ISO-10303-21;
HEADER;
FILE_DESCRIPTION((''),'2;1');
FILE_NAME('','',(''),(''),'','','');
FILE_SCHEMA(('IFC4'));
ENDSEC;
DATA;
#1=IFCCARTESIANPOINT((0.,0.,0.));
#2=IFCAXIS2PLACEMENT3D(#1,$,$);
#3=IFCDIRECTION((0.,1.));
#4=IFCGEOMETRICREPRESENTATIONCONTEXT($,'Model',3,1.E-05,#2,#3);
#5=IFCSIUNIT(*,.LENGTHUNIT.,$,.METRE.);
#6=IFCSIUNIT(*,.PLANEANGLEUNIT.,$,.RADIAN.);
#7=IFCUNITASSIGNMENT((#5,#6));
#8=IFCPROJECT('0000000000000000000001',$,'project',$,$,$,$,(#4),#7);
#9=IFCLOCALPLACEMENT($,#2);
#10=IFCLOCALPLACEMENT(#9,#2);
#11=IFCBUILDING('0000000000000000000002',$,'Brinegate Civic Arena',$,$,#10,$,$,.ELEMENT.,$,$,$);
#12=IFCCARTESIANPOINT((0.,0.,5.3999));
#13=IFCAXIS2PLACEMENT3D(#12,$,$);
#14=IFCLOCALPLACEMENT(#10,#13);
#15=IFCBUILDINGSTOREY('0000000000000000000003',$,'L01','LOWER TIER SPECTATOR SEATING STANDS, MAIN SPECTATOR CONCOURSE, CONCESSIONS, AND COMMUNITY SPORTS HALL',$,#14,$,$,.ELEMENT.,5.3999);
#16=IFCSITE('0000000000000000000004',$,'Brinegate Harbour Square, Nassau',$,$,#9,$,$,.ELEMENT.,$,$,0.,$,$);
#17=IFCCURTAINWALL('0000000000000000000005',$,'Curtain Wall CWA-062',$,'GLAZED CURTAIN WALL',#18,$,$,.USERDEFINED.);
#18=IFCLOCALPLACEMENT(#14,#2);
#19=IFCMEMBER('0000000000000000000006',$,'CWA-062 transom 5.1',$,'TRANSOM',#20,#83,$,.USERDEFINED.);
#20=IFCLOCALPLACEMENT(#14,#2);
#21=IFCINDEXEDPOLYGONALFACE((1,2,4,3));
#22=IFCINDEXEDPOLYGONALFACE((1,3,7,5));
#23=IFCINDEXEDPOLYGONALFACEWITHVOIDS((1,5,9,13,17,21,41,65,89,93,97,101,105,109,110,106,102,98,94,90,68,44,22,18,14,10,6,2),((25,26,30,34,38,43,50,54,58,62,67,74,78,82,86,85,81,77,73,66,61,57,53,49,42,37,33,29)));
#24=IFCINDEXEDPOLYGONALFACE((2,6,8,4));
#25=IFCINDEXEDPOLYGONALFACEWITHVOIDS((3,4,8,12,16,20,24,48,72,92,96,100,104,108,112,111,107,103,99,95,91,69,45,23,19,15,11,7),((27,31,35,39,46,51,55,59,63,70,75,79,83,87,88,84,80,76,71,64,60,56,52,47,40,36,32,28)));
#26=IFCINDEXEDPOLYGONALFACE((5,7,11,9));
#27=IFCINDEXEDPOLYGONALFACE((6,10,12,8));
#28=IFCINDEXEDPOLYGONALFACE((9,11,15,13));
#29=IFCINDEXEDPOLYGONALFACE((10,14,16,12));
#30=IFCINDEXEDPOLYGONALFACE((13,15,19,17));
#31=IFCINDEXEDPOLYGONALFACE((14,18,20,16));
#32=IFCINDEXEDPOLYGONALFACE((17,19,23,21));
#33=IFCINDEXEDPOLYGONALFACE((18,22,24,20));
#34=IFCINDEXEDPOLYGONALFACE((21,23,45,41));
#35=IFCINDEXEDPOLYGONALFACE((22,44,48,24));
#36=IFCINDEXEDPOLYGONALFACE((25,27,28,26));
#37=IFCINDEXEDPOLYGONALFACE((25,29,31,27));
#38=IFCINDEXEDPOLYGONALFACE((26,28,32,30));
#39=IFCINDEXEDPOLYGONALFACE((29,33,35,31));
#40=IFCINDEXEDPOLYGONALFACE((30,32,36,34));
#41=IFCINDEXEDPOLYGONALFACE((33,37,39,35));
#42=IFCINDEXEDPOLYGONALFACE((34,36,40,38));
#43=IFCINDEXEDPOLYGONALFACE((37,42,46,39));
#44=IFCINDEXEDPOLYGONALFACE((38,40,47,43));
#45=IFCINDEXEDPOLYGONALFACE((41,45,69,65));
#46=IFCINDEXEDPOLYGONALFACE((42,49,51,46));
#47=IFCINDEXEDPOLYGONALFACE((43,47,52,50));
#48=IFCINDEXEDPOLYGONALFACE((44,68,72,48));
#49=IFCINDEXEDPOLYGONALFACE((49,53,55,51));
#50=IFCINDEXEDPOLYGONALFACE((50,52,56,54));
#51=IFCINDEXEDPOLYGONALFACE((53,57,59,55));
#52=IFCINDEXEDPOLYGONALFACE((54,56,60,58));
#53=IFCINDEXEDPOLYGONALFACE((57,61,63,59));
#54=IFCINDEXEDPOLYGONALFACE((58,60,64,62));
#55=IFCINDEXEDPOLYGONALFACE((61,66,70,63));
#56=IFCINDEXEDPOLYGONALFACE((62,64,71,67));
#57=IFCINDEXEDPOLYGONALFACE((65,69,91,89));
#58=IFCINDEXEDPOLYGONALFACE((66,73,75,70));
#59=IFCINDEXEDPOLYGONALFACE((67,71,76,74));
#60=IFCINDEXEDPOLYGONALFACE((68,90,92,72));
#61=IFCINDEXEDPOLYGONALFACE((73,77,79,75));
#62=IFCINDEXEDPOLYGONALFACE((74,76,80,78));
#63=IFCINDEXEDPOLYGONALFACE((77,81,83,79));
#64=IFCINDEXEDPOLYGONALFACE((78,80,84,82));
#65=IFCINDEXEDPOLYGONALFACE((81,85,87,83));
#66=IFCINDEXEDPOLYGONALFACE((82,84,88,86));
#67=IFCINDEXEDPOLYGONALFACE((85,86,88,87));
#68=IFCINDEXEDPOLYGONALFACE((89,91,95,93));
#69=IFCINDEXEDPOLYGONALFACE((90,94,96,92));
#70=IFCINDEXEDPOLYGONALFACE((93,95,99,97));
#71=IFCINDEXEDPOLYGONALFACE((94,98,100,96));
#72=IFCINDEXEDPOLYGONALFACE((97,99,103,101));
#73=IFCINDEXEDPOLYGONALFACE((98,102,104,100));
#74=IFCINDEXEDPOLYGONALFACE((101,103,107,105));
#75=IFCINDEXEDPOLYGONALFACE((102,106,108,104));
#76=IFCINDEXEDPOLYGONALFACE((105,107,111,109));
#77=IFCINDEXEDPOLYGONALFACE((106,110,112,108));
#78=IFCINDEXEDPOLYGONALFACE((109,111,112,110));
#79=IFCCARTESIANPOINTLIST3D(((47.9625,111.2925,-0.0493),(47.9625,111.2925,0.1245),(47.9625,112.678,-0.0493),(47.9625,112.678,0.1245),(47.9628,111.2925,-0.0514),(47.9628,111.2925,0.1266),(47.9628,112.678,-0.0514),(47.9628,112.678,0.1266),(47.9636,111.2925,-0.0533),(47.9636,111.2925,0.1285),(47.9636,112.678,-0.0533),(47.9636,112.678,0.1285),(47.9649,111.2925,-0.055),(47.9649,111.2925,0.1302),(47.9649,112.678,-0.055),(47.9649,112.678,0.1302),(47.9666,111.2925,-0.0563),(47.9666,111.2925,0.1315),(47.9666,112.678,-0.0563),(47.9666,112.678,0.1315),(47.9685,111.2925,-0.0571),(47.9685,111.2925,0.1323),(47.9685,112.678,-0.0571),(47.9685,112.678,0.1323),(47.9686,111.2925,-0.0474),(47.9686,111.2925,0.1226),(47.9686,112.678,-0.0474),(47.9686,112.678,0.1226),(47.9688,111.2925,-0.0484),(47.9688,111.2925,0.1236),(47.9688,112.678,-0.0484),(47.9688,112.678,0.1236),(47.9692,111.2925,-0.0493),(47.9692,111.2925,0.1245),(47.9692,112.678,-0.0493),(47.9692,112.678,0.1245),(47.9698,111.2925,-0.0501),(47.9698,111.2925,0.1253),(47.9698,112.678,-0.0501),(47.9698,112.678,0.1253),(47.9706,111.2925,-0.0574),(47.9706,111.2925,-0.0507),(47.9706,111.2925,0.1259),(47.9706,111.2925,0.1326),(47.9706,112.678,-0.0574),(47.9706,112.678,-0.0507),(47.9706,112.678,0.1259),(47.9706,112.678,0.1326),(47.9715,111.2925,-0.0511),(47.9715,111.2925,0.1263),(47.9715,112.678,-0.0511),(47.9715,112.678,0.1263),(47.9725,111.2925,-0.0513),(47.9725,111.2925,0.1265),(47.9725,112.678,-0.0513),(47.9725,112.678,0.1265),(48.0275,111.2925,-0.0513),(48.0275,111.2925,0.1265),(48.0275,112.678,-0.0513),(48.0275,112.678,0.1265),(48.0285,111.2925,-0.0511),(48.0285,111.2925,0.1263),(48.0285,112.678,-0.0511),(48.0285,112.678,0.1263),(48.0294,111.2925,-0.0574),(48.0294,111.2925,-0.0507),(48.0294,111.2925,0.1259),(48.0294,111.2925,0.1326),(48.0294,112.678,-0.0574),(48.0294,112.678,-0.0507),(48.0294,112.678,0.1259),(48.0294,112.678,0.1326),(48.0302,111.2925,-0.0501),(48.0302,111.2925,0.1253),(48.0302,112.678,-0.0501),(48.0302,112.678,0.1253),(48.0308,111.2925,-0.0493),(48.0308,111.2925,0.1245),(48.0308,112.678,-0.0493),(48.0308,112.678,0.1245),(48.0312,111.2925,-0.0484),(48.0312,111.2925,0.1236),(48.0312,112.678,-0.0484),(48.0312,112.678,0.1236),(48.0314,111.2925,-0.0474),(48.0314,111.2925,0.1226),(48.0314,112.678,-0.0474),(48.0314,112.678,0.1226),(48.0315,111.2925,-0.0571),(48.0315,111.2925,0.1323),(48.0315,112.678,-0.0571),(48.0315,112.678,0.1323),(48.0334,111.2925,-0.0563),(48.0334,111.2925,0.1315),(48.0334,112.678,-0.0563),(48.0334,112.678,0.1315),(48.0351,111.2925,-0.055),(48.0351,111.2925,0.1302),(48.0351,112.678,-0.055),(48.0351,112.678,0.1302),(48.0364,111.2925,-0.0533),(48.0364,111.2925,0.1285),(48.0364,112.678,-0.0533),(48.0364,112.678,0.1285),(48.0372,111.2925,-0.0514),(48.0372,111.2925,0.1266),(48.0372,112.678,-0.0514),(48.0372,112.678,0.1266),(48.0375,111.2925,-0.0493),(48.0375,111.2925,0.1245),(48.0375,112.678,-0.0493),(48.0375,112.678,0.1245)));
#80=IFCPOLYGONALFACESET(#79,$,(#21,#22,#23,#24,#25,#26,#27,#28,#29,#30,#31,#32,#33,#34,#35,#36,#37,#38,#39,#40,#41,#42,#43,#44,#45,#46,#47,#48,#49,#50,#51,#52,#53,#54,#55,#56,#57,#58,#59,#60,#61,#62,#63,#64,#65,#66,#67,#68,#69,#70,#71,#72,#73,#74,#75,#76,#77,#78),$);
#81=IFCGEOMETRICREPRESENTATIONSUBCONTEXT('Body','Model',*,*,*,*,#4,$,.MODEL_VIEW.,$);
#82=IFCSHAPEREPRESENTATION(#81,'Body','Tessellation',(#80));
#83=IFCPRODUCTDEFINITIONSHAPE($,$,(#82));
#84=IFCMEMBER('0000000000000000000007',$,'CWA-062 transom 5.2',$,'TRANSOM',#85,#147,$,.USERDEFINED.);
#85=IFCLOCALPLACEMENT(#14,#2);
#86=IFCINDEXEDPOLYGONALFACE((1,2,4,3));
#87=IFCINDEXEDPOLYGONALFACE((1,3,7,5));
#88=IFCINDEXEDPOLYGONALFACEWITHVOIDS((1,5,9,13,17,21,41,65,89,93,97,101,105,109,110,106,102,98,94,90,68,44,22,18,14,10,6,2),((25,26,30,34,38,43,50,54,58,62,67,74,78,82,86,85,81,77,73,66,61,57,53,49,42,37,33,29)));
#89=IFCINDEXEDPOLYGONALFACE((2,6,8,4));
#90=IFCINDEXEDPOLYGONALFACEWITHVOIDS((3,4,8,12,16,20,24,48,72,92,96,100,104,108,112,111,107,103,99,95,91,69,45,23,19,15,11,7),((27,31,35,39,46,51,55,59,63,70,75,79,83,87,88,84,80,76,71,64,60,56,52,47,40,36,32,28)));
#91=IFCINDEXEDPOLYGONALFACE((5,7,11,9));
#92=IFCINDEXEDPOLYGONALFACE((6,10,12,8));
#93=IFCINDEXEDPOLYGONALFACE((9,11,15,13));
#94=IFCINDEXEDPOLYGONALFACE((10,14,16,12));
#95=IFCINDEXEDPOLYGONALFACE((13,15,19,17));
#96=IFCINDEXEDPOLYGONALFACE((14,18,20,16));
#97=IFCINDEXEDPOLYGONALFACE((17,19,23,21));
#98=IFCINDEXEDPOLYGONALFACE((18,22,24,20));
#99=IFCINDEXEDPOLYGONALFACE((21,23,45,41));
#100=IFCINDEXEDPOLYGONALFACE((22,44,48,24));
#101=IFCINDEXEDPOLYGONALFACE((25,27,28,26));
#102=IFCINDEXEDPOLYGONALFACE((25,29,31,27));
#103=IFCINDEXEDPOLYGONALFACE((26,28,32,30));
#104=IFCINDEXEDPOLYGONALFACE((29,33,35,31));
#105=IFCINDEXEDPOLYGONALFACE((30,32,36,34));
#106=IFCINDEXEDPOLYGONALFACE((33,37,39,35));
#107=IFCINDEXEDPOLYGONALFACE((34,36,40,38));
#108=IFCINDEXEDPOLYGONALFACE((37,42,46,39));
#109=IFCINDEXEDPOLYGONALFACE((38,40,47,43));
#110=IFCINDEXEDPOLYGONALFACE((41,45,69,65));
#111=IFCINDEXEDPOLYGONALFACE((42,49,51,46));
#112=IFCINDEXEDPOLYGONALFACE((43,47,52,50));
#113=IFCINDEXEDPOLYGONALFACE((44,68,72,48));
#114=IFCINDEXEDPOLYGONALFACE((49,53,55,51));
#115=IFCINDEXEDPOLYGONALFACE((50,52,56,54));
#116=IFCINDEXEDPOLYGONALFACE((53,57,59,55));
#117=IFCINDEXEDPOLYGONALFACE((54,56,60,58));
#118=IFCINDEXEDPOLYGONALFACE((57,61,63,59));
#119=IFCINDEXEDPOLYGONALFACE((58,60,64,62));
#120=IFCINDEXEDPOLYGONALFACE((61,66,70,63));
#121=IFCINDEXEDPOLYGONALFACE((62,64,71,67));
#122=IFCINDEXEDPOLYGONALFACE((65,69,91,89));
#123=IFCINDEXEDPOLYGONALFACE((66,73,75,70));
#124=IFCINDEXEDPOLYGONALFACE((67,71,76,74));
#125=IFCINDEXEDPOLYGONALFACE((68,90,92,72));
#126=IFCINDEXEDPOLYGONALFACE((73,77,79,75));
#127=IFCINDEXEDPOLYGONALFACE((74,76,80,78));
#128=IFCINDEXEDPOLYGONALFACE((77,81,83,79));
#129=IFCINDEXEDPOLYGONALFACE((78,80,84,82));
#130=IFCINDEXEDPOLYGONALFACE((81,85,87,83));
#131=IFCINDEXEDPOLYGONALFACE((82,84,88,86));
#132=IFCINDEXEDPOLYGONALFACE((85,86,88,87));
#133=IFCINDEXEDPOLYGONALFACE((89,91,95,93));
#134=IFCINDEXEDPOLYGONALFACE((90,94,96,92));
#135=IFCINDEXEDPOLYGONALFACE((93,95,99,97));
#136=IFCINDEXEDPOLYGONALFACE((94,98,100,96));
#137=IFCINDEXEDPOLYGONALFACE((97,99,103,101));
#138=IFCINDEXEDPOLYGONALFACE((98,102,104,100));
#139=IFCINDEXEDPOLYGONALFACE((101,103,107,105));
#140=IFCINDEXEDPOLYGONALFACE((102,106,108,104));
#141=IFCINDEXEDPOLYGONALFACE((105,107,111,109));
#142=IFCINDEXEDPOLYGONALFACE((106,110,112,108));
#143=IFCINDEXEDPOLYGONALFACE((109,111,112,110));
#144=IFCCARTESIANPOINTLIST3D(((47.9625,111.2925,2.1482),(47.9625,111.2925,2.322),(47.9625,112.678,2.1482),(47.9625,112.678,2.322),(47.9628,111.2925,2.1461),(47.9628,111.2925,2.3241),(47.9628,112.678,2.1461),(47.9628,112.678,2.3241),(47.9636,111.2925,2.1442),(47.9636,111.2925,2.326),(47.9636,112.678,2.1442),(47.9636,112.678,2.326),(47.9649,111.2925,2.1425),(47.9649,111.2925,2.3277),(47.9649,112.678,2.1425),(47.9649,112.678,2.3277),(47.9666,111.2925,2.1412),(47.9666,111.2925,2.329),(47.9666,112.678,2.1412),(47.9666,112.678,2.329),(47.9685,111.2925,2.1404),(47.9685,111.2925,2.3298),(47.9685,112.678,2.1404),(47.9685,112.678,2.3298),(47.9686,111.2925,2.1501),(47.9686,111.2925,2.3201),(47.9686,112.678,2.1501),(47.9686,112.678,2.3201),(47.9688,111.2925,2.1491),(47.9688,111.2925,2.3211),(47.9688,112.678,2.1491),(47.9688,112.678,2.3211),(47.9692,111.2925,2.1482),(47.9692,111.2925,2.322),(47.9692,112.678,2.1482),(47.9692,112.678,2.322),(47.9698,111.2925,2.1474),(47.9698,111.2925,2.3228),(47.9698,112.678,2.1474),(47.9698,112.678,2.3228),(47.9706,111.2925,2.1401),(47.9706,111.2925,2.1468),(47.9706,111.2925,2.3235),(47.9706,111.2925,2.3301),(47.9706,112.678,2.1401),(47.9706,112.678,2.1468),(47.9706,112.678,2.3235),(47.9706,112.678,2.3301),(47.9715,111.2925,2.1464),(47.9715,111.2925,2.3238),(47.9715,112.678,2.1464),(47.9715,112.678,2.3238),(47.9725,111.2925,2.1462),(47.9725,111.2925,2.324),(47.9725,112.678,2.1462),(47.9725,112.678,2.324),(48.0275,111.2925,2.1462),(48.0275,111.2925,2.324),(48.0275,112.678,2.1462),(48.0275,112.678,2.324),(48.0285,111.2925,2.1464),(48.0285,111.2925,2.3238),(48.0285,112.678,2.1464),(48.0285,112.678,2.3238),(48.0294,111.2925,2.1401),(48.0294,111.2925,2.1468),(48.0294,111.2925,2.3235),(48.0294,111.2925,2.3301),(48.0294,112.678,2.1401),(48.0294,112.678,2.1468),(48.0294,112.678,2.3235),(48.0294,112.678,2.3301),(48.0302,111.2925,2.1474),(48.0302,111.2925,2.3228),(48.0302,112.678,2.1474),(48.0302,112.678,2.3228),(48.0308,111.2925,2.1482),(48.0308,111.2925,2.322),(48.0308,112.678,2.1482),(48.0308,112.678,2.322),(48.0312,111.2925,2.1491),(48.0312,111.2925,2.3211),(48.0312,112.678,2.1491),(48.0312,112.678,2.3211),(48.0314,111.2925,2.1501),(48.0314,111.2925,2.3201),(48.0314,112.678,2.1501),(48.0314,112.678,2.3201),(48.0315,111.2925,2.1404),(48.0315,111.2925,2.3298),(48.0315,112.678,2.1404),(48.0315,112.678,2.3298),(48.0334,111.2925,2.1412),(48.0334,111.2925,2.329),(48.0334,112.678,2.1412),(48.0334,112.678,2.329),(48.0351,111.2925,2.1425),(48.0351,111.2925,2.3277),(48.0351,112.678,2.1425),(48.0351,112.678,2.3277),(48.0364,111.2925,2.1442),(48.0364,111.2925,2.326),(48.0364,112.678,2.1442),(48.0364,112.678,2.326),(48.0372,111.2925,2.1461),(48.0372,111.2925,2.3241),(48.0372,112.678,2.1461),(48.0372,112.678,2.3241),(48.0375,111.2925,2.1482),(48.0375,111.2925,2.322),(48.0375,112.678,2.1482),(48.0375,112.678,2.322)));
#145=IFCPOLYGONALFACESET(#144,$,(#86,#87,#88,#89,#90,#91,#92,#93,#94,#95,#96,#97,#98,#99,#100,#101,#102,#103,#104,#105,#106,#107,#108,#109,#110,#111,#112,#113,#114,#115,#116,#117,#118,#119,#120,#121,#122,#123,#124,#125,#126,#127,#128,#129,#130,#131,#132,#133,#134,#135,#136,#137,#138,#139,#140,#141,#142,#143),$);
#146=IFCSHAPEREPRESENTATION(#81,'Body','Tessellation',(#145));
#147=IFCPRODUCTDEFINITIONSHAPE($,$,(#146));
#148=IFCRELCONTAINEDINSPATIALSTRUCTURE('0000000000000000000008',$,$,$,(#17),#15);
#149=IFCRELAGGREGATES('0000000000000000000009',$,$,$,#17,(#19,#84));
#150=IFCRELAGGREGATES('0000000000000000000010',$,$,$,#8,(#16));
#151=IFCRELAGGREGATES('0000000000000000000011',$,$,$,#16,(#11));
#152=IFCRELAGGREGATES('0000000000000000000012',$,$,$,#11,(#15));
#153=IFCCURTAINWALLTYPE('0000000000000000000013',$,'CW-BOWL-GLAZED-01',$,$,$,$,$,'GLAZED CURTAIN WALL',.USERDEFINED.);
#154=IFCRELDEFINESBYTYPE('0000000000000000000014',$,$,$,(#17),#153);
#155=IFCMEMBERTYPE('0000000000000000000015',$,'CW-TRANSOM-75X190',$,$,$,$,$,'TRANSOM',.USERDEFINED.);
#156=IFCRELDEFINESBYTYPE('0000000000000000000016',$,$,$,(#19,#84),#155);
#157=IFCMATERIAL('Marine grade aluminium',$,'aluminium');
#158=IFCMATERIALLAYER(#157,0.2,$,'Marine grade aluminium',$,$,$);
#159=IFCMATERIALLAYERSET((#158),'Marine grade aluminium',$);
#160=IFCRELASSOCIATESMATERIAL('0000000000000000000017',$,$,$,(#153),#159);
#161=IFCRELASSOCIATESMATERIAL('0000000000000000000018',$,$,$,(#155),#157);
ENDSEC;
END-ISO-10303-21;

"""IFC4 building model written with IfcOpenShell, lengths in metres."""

from ifc_helpers import new_model, si_unit, direction, frame, origin, origin_2d, place, context, subcontext, project, spatial, hollow_rectangle, extrude, material, layer, layer_set, material_profile, profile_set, type_object, element, aggregate, save


model = new_model("IFC4")

# Units and contexts
model_context = context("Model", 3, precision=1e-05, world=origin(), true_north=direction((0.0, 1.0)))
body_context = subcontext(model_context, "Body", "Model", "MODEL_VIEW")
ifc_project = project(units=[si_unit("LENGTHUNIT", "METRE"), si_unit("PLANEANGLEUNIT", "RADIAN")], contexts=[model_context])

# Site, building, storey
site_placement = place(None, origin())
site = spatial("IfcSite", under=ifc_project, at=site_placement, Name="Brinegate Harbour Square, Nassau", CompositionType="ELEMENT", RefElevation=0.0)
building_placement = place(site_placement, origin())
building = spatial("IfcBuilding", under=site, at=building_placement, Name="Brinegate Civic Arena", CompositionType="ELEMENT")
storey_placement = place(building_placement, frame((0.0, 0.0, 5.3999)))
storey = spatial("IfcBuildingStorey", under=building, at=storey_placement, Name="L01", Description="LOWER TIER SPECTATOR SEATING STANDS, MAIN SPECTATOR CONCOURSE, CONCESSIONS, AND COMMUNITY SPORTS HALL", CompositionType="ELEMENT", Elevation=5.3999)

# Curtain wall, members
ifc_material_1 = material(Name="Marine grade aluminium", Category="aluminium")
ifc_layer_1 = layer(ifc_material_1, 0.2, Name="Marine grade aluminium")
ifc_layer_set_1 = layer_set([ifc_layer_1], Name="Marine grade aluminium")
curtain_wall_type = type_object("IfcCurtainWallType", Name="CW-BOWL-GLAZED-01", ElementType="GLAZED CURTAIN WALL", PredefinedType="USERDEFINED", material=ifc_layer_set_1)
curtain_wall_placement = place(storey_placement, origin())
curtain_wall = element("IfcCurtainWall", 1, at=curtain_wall_placement, inside=storey, type_object=curtain_wall_type, Name="Curtain Wall CWA-062", ObjectType="GLAZED CURTAIN WALL", PredefinedType="USERDEFINED")
ifc_material_profile_1 = material_profile(ifc_material_1, hollow_rectangle(XDim=0.075, YDim=0.1899, WallThickness=0.0061, InnerFilletRadius=0.0039, OuterFilletRadius=0.0081, at=origin_2d()), Name="TRN75X190")
ifc_profile_set_1 = profile_set([ifc_material_profile_1], Name="Marine grade aluminium")
member_type_1 = type_object("IfcMemberType", Name="CW-TRANSOM-75X190", ElementType="TRANSOM", PredefinedType="USERDEFINED", material=ifc_profile_set_1)
member_1_placement = place(storey_placement, frame((48.0, 111.2925, 0.0376), z_axis=(0.0, 1.0, 0.0), x_axis=(-1.0, 0.0, 0.0)))
member_1 = element("IfcMember", 2, at=member_1_placement, type_object=member_type_1, Name="CWA-062 transom 5.1", ObjectType="TRANSOM", PredefinedType="USERDEFINED", context=body_context, shape_type="SweptSolid", body=[
    extrude(hollow_rectangle(XDim=0.075, YDim=0.1899, WallThickness=0.0061, InnerFilletRadius=0.0039, OuterFilletRadius=0.0081, at=origin_2d()), origin(), (0.0, 0.0, 1.0), 1.3855),
])
member_2_placement = place(storey_placement, frame((48.0, 111.2925, 2.2351), z_axis=(0.0, 1.0, 0.0), x_axis=(-1.0, 0.0, 0.0)))
member_2 = element("IfcMember", 3, at=member_2_placement, type_object=member_type_1, Name="CWA-062 transom 5.2", ObjectType="TRANSOM", PredefinedType="USERDEFINED", context=body_context, shape_type="SweptSolid", body=[
    extrude(hollow_rectangle(XDim=0.075, YDim=0.1899, WallThickness=0.0061, InnerFilletRadius=0.0039, OuterFilletRadius=0.0081, at=origin_2d()), origin(), (0.0, 0.0, 1.0), 1.3855),
])

aggregate(curtain_wall, [member_1, member_2])

save(model, "model.ifc")
